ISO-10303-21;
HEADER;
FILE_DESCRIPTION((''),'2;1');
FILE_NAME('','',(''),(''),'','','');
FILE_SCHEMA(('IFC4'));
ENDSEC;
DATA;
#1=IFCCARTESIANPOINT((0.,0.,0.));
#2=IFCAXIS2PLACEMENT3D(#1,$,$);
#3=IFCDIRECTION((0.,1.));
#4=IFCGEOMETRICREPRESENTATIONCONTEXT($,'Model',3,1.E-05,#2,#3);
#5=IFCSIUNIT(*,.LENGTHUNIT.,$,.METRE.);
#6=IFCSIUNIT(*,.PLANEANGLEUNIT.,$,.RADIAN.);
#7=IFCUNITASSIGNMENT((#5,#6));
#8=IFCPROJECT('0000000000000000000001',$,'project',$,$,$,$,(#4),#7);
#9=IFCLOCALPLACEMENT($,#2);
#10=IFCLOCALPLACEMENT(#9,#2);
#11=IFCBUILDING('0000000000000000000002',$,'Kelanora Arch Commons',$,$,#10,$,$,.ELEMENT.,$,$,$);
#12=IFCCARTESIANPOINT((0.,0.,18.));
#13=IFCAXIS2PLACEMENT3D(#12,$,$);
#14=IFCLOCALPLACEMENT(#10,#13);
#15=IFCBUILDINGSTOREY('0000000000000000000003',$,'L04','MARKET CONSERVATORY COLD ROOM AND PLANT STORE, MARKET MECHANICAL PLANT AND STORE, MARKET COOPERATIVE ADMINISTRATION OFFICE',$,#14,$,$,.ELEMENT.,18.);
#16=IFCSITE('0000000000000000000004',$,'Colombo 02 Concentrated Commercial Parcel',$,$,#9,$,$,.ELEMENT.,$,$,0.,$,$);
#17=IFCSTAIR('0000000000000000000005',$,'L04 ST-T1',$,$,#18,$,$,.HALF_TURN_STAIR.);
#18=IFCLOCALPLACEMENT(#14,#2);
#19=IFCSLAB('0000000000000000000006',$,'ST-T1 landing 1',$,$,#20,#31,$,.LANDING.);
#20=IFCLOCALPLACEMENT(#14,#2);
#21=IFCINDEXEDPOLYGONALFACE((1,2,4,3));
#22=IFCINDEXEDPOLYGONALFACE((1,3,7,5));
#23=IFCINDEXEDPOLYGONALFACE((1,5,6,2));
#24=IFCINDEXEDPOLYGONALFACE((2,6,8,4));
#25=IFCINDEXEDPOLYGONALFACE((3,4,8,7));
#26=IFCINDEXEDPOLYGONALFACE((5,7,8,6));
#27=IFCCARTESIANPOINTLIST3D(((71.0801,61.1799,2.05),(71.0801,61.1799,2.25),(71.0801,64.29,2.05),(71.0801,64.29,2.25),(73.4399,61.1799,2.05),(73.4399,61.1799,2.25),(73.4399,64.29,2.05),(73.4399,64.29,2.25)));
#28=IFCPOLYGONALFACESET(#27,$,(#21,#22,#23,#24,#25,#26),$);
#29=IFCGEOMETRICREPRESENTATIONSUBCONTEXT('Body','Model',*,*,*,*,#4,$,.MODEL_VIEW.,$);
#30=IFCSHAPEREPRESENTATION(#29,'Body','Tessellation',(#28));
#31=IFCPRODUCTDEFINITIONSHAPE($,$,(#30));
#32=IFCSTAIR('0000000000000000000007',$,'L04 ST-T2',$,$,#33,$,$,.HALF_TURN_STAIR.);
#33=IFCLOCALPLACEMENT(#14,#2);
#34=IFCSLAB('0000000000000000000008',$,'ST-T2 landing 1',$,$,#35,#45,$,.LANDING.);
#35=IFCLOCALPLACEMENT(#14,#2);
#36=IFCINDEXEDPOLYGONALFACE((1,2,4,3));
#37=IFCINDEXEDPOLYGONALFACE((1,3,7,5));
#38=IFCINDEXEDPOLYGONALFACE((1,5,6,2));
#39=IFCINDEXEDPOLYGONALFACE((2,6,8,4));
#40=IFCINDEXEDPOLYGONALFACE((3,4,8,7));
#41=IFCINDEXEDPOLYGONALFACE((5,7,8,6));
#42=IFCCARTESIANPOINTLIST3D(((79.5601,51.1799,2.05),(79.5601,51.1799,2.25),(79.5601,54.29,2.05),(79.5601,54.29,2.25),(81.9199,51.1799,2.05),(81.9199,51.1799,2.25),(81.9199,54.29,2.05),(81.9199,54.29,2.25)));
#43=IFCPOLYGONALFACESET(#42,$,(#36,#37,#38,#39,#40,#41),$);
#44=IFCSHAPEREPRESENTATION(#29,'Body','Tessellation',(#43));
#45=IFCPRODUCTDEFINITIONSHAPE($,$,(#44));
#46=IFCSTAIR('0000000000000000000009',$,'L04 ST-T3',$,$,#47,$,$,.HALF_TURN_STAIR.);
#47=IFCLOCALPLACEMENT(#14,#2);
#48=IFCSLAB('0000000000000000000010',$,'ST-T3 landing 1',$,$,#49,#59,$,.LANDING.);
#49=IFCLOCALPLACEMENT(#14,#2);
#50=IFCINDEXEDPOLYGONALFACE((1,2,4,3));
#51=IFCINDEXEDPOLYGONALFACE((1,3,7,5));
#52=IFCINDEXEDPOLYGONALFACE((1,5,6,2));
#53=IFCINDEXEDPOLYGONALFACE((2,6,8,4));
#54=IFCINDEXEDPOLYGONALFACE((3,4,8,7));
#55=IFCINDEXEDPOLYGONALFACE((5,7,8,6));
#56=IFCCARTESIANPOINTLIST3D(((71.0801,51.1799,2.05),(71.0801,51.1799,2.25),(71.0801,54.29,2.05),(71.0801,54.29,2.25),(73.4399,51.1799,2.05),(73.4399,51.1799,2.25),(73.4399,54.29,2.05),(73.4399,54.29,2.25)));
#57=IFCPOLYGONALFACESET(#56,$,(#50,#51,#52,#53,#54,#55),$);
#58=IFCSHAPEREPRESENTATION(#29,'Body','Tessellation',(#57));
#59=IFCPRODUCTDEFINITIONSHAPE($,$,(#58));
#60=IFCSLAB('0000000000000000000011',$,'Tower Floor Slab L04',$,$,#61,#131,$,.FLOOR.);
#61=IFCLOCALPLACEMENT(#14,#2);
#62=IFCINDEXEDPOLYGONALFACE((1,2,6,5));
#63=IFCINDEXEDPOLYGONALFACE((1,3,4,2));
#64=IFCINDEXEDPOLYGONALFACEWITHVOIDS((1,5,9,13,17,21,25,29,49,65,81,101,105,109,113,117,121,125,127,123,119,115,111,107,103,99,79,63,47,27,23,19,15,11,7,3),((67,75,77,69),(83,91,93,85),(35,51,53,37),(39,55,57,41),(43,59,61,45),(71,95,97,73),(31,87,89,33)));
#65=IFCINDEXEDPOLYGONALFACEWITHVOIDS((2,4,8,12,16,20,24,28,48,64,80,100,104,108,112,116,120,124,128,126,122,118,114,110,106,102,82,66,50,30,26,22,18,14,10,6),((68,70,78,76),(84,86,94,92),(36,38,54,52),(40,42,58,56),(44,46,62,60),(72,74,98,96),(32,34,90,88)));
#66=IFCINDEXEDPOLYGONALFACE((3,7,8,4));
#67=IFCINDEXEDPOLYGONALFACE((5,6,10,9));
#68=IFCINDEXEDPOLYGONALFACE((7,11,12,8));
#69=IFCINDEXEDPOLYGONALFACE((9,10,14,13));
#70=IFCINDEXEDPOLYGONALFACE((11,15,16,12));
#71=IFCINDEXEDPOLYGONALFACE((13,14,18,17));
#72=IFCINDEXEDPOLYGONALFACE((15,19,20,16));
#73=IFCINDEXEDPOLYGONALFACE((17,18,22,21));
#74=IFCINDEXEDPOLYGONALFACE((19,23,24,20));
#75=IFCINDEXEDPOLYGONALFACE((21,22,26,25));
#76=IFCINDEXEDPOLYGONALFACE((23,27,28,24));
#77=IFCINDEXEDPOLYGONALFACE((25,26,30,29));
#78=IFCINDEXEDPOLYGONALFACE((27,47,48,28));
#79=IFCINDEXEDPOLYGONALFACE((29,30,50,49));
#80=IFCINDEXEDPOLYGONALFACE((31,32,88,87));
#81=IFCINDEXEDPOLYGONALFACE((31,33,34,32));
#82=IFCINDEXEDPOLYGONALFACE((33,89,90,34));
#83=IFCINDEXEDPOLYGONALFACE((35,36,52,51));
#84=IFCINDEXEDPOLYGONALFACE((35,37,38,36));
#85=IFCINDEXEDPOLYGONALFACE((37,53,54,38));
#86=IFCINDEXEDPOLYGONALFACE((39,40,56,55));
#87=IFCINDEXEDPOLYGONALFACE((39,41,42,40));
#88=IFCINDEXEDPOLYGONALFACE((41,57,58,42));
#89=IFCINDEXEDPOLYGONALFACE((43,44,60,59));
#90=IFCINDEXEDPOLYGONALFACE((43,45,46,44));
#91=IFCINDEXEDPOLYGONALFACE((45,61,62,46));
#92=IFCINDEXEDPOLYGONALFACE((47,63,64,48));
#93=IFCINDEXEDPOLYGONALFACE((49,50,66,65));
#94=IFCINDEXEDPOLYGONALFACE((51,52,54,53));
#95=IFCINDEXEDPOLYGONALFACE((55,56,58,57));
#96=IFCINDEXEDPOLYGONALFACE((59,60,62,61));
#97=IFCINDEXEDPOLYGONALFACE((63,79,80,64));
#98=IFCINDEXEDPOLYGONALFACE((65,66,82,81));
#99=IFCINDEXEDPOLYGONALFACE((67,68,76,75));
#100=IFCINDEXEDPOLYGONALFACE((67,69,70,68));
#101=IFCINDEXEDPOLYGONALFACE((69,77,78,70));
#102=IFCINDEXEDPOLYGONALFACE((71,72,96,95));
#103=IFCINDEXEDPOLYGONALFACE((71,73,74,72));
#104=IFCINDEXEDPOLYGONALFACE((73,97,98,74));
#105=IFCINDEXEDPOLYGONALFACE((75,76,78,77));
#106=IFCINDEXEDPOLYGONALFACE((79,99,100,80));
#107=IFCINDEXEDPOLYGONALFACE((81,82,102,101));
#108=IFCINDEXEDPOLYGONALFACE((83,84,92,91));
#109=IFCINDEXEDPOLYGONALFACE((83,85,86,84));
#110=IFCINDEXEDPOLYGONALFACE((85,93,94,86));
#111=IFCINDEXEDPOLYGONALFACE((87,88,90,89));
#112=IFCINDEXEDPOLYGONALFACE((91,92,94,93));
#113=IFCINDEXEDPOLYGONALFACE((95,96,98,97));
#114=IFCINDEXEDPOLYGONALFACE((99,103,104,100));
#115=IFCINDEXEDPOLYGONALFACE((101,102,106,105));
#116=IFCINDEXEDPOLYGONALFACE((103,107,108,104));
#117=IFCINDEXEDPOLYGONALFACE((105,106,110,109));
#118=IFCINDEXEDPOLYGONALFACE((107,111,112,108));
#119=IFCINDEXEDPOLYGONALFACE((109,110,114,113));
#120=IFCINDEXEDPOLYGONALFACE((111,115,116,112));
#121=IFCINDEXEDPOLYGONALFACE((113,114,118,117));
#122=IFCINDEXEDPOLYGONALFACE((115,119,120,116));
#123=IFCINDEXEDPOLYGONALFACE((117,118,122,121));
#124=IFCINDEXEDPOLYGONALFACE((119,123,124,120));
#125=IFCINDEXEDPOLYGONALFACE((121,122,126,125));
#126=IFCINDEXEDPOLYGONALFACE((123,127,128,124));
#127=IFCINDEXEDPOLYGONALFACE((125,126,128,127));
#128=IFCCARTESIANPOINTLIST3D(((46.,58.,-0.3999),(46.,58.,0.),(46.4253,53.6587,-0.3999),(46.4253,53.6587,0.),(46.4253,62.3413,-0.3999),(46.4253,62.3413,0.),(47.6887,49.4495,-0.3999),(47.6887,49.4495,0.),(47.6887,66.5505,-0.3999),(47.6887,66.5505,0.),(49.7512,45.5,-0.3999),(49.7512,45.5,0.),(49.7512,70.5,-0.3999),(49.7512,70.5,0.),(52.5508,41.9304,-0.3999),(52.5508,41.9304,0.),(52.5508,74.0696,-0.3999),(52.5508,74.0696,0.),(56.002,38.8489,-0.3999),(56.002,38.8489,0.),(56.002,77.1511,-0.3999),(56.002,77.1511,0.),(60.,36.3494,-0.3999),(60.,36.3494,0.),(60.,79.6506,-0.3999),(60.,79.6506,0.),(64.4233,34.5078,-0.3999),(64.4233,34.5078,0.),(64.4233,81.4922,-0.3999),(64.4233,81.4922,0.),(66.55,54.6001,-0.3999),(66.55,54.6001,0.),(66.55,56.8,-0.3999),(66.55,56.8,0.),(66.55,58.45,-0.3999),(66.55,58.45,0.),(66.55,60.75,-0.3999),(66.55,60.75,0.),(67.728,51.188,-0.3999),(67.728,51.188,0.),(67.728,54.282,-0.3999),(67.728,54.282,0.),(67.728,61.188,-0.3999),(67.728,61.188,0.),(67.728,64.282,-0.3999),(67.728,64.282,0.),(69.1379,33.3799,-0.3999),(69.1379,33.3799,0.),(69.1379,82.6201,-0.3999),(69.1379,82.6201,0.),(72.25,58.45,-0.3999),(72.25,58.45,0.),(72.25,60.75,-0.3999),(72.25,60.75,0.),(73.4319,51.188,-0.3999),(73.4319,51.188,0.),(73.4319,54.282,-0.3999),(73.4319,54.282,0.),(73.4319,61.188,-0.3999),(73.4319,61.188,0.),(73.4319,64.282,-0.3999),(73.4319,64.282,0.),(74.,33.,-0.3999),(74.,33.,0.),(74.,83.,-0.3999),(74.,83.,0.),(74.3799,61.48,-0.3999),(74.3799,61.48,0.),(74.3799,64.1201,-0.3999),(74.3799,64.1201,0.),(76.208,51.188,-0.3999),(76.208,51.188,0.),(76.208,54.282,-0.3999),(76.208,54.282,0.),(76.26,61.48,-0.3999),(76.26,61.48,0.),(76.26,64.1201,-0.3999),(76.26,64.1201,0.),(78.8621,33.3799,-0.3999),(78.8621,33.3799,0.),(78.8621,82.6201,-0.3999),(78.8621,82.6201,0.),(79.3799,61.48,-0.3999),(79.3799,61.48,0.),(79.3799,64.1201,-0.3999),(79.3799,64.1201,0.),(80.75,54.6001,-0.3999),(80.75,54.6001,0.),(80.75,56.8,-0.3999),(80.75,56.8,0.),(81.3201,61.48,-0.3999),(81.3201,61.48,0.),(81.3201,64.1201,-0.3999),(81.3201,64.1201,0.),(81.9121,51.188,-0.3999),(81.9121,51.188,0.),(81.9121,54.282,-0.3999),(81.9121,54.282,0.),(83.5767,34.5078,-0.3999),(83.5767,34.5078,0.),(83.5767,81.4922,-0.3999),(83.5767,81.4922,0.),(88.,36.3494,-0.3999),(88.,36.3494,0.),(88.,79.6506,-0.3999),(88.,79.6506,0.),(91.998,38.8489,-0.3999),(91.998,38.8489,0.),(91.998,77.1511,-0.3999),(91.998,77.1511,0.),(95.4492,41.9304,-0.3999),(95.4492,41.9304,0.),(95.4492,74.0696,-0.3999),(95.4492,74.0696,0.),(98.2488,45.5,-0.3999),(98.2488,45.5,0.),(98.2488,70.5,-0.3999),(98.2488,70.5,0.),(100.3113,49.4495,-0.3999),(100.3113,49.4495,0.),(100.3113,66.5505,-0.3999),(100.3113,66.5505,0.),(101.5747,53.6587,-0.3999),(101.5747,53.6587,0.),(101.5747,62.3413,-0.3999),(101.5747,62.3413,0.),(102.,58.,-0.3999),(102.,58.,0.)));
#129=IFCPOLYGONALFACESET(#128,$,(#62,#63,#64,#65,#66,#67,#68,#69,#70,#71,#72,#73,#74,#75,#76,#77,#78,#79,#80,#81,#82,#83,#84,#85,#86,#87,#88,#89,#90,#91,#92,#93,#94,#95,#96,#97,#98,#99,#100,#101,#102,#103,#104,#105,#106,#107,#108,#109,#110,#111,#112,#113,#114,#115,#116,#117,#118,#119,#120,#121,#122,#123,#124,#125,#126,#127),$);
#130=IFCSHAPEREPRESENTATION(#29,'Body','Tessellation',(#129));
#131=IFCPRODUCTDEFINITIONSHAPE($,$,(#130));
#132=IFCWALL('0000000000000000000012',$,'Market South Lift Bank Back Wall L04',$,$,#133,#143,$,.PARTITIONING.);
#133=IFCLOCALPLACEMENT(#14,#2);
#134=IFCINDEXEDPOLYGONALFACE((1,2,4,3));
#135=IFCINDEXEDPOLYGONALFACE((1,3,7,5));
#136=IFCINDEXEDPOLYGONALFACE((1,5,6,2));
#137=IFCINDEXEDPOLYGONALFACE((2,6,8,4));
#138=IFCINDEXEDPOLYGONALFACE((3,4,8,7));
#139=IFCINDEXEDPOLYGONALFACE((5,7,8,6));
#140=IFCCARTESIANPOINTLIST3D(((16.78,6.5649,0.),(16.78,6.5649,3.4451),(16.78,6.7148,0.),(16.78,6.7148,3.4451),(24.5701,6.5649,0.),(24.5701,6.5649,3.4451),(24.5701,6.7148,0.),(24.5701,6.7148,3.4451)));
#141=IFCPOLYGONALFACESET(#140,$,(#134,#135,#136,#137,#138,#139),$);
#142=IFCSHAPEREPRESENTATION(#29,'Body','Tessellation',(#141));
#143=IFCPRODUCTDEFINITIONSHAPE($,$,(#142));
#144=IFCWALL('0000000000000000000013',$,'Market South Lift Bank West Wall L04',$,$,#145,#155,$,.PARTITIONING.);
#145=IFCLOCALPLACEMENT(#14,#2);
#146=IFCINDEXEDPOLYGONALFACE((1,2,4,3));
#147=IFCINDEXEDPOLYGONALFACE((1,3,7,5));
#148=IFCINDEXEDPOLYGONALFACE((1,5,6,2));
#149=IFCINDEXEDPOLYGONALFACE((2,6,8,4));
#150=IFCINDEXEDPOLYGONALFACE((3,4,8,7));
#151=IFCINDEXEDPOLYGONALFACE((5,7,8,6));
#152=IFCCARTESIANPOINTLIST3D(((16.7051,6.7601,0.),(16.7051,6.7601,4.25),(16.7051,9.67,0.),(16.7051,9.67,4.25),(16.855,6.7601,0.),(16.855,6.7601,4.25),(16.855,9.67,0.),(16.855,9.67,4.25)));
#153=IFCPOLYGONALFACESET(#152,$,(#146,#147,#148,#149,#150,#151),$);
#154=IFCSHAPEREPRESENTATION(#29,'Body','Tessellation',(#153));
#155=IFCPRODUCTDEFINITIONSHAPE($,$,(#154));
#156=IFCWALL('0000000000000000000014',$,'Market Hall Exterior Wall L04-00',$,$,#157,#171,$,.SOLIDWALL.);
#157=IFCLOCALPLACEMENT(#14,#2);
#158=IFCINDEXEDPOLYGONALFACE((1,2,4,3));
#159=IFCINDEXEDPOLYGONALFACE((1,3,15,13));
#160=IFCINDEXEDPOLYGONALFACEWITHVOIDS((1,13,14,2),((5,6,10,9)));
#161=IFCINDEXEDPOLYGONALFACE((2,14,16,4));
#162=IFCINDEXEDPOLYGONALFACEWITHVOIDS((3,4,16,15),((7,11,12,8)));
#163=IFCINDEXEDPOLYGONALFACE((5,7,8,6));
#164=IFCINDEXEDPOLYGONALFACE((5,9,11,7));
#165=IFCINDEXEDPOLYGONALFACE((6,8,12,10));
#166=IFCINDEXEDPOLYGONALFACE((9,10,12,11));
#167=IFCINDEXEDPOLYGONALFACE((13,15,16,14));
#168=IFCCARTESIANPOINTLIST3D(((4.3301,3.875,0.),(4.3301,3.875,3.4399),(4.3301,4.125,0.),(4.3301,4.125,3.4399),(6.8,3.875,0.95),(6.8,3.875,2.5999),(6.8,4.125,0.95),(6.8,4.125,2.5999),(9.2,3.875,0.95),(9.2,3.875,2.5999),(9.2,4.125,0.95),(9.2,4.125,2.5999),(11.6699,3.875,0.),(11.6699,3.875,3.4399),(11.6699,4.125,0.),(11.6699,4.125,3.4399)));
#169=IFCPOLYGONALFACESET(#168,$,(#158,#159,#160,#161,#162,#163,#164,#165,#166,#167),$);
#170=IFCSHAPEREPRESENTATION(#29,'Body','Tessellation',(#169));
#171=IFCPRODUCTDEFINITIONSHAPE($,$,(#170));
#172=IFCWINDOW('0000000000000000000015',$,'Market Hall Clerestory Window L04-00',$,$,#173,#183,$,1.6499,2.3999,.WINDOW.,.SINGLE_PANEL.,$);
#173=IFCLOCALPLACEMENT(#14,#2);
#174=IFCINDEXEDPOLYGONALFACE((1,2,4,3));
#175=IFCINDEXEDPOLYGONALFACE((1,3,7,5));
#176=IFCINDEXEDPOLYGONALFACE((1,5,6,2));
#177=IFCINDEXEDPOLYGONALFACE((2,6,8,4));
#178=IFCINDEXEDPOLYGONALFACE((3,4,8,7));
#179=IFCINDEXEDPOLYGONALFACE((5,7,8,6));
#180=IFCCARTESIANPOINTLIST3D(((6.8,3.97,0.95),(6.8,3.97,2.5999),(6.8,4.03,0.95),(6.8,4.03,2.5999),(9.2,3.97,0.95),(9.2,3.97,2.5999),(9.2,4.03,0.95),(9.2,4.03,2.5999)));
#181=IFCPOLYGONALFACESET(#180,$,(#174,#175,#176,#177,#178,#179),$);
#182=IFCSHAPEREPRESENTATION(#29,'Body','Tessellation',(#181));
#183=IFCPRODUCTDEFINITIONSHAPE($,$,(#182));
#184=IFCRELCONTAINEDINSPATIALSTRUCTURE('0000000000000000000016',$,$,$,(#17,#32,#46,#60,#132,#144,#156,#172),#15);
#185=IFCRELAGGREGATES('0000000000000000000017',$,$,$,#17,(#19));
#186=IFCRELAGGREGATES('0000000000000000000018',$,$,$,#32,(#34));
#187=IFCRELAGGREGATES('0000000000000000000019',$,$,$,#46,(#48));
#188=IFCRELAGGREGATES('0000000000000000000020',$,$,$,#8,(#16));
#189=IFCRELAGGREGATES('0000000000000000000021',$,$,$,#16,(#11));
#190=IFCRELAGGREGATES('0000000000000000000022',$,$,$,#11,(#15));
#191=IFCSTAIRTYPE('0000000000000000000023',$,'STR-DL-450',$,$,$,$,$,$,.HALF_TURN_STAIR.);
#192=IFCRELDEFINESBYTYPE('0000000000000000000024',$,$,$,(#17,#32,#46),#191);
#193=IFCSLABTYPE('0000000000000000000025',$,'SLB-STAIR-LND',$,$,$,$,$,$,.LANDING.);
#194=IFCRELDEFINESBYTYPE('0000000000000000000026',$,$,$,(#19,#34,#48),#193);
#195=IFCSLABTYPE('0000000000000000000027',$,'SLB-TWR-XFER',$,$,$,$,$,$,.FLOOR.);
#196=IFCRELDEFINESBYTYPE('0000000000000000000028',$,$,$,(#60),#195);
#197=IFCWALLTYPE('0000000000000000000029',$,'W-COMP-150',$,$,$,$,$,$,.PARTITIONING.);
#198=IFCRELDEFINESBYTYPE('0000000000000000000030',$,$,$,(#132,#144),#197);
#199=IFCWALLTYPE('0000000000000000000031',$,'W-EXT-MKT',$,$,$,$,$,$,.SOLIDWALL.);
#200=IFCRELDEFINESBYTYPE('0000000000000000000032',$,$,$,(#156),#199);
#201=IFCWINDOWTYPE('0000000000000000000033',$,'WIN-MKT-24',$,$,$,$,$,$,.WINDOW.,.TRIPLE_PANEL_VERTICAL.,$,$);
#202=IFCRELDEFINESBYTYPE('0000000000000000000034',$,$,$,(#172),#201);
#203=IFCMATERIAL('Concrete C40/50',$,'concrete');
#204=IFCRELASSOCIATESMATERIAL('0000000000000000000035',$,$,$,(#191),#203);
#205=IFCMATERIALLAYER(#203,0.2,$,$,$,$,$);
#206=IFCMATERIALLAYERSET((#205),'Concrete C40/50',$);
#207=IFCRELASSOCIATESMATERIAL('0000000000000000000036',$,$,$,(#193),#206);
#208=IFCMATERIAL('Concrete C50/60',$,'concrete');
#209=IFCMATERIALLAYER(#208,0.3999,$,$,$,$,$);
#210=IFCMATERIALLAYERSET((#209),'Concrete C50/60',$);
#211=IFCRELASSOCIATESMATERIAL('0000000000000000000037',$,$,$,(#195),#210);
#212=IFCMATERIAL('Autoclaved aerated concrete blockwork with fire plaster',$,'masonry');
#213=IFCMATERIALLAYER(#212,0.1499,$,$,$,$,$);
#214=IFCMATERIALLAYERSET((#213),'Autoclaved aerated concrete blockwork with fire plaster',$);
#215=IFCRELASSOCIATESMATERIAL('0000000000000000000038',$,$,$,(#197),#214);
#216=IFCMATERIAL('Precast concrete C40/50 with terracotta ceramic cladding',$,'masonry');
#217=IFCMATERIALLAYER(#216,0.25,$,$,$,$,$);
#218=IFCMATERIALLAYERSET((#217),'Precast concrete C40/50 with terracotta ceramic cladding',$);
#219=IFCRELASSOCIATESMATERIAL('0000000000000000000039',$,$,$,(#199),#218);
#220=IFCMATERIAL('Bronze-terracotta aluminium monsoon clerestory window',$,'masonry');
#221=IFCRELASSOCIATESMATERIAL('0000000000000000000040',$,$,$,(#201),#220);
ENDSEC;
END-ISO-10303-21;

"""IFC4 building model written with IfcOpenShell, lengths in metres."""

from ifc_helpers import new_model, si_unit, direction, frame, frame_2d, origin, place, context, subcontext, project, spatial, polyline, rectangle, outline, extrude, material, layer, layer_set, type_object, element, fill, aggregate, save


model = new_model("IFC4")

# Units and contexts
model_context = context("Model", 3, precision=1e-05, world=origin(), true_north=direction((0.0, 1.0)))
body_context = subcontext(model_context, "Body", "Model", "MODEL_VIEW")
ifc_project = project(units=[si_unit("LENGTHUNIT", "METRE"), si_unit("PLANEANGLEUNIT", "RADIAN")], contexts=[model_context])

# Site, building, storey
site_placement = place(None, origin())
site = spatial("IfcSite", under=ifc_project, at=site_placement, Name="Colombo 02 Concentrated Commercial Parcel", CompositionType="ELEMENT", RefElevation=0.0)
building_placement = place(site_placement, origin())
building = spatial("IfcBuilding", under=site, at=building_placement, Name="Kelanora Arch Commons", CompositionType="ELEMENT")
storey_placement = place(building_placement, frame((0.0, 0.0, 18.0)))
storey = spatial("IfcBuildingStorey", under=building, at=storey_placement, Name="L04", Description="MARKET CONSERVATORY COLD ROOM AND PLANT STORE, MARKET MECHANICAL PLANT AND STORE, MARKET COOPERATIVE ADMINISTRATION OFFICE", CompositionType="ELEMENT", Elevation=18.0)

# Shared definitions
ifc_material_1 = material(Name="Concrete C50/60", Category="concrete")

# Shared definitions
ifc_material_2 = material(Name="Concrete C40/50", Category="concrete")

# Stairs, slabs
stair_type = type_object("IfcStairType", Name="STR-DL-450", PredefinedType="HALF_TURN_STAIR", material=ifc_material_2)
stair_1_placement = place(storey_placement, origin())
stair_1 = element("IfcStair", 1, at=stair_1_placement, inside=storey, type_object=stair_type, Name="L04 ST-T1", PredefinedType="HALF_TURN_STAIR")
ifc_layer_1 = layer(ifc_material_2, 0.2)
ifc_layer_set_1 = layer_set([ifc_layer_1], Name="Concrete C40/50")
slab_type_1 = type_object("IfcSlabType", Name="SLB-STAIR-LND", PredefinedType="LANDING", material=ifc_layer_set_1)
slab_1_placement = place(storey_placement, frame((0.0, 0.0, 2.05)))
slab_1 = element("IfcSlab", 2, at=slab_1_placement, type_object=slab_type_1, Name="ST-T1 landing 1", PredefinedType="LANDING", context=body_context, shape_type="SweptSolid", body=[
    extrude(outline(polyline([(71.0801, 61.1799), (73.4399, 61.1799), (73.4399, 64.29), (71.0801, 64.29), (71.0801, 61.1799)])), origin(), (0.0, 0.0, 1.0), 0.2),
])
aggregate(stair_1, [slab_1])
stair_2_placement = place(storey_placement, origin())
stair_2 = element("IfcStair", 3, at=stair_2_placement, inside=storey, type_object=stair_type, Name="L04 ST-T2", PredefinedType="HALF_TURN_STAIR")
slab_2_placement = place(storey_placement, frame((0.0, 0.0, 2.05)))
slab_2 = element("IfcSlab", 4, at=slab_2_placement, type_object=slab_type_1, Name="ST-T2 landing 1", PredefinedType="LANDING", context=body_context, shape_type="SweptSolid", body=[
    extrude(outline(polyline([(79.5601, 51.1799), (81.9199, 51.1799), (81.9199, 54.29), (79.5601, 54.29), (79.5601, 51.1799)])), origin(), (0.0, 0.0, 1.0), 0.2),
])
aggregate(stair_2, [slab_2])
stair_3_placement = place(storey_placement, origin())
stair_3 = element("IfcStair", 5, at=stair_3_placement, inside=storey, type_object=stair_type, Name="L04 ST-T3", PredefinedType="HALF_TURN_STAIR")
slab_3_placement = place(storey_placement, frame((0.0, 0.0, 2.05)))
slab_3 = element("IfcSlab", 6, at=slab_3_placement, type_object=slab_type_1, Name="ST-T3 landing 1", PredefinedType="LANDING", context=body_context, shape_type="SweptSolid", body=[
    extrude(outline(polyline([(71.0801, 51.1799), (73.4399, 51.1799), (73.4399, 54.29), (71.0801, 54.29), (71.0801, 51.1799)])), origin(), (0.0, 0.0, 1.0), 0.2),
])
aggregate(stair_3, [slab_3])

# Slab
ifc_layer_2 = layer(ifc_material_1, 0.3999)
ifc_layer_set_2 = layer_set([ifc_layer_2], Name="Concrete C50/60")
slab_type_2 = type_object("IfcSlabType", Name="SLB-TWR-XFER", PredefinedType="FLOOR", material=ifc_layer_set_2)
slab_4_placement = place(storey_placement, frame((0.0, 0.0, -0.3999)))
element("IfcSlab", 7, at=slab_4_placement, inside=storey, type_object=slab_type_2, Name="Tower Floor Slab L04", PredefinedType="FLOOR", context=body_context, shape_type="SweptSolid", body=[
    extrude(outline(polyline([(102.0, 58.0), (101.5747, 62.3413), (100.3113, 66.5505), (98.2488, 70.5), (95.4492, 74.0696), (91.998, 77.1511), (88.0, 79.6506), (83.5767, 81.4922), (78.8621, 82.6201), (74.0, 83.0), (69.1379, 82.6201), (64.4233, 81.4922), (60.0, 79.6506), (56.002, 77.1511), (52.5508, 74.0696), (49.7512, 70.5), (47.6887, 66.5505), (46.4253, 62.3413), (46.0, 58.0), (46.4253, 53.6587), (47.6887, 49.4495), (49.7512, 45.5), (52.5508, 41.9304), (56.002, 38.8489), (60.0, 36.3494), (64.4233, 34.5078), (69.1379, 33.3799), (74.0, 33.0), (78.8621, 33.3799), (83.5767, 34.5078), (88.0, 36.3494), (91.998, 38.8489), (95.4492, 41.9304), (98.2488, 45.5), (100.3113, 49.4495), (101.5747, 53.6587), (102.0, 58.0)]), holes=[polyline([(73.4319, 51.188), (67.728, 51.188), (67.728, 54.282), (73.4319, 54.282), (73.4319, 51.188)]), polyline([(76.208, 51.188), (76.208, 54.282), (81.9121, 54.282), (81.9121, 51.188), (76.208, 51.188)]), polyline([(66.55, 54.6001), (66.55, 56.8), (80.75, 56.8), (80.75, 54.6001), (66.55, 54.6001)]), polyline([(66.55, 58.45), (66.55, 60.75), (72.25, 60.75), (72.25, 58.45), (66.55, 58.45)]), polyline([(67.728, 61.188), (67.728, 64.282), (73.4319, 64.282), (73.4319, 61.188), (67.728, 61.188)]), polyline([(74.3799, 61.48), (74.3799, 64.1201), (76.26, 64.1201), (76.26, 61.48), (74.3799, 61.48)]), polyline([(79.3799, 61.48), (79.3799, 64.1201), (81.3201, 64.1201), (81.3201, 61.48), (79.3799, 61.48)])]), origin(), (0.0, 0.0, 1.0), 0.3999),
])

# Walls
ifc_material_3 = material(Name="Autoclaved aerated concrete blockwork with fire plaster", Category="masonry")
ifc_layer_3 = layer(ifc_material_3, 0.1499)
ifc_layer_set_3 = layer_set([ifc_layer_3], Name="Autoclaved aerated concrete blockwork with fire plaster")
wall_type_1 = type_object("IfcWallType", Name="W-COMP-150", PredefinedType="PARTITIONING", material=ifc_layer_set_3)
wall_1_placement = place(storey_placement, frame((16.78, 6.6399, 0.0), z_axis=(0.0, 0.0, 1.0), x_axis=(1.0, 0.0, 0.0)))
element("IfcWall", 8, at=wall_1_placement, inside=storey, type_object=wall_type_1, Name="Market South Lift Bank Back Wall L04", PredefinedType="PARTITIONING", context=body_context, shape_type="SweptSolid", body=[
    extrude(rectangle(XDim=7.79, YDim=0.1499, at=frame_2d((3.895, 0.0))), origin(), (0.0, 0.0, 1.0), 3.4451),
])
wall_2_placement = place(storey_placement, frame((16.78, 6.76, 0.0), z_axis=(0.0, 0.0, 1.0), x_axis=(0.0, 1.0, 0.0)))
element("IfcWall", 9, at=wall_2_placement, inside=storey, type_object=wall_type_1, Name="Market South Lift Bank West Wall L04", PredefinedType="PARTITIONING", context=body_context, shape_type="SweptSolid", body=[
    extrude(rectangle(XDim=2.9099, YDim=0.1499, at=frame_2d((1.4551, 0.0))), origin(), (0.0, 0.0, 1.0), 4.25),
])

# Wall, opening, window
ifc_material_4 = material(Name="Precast concrete C40/50 with terracotta ceramic cladding", Category="masonry")
ifc_layer_4 = layer(ifc_material_4, 0.25)
ifc_layer_set_4 = layer_set([ifc_layer_4], Name="Precast concrete C40/50 with terracotta ceramic cladding")
wall_type_2 = type_object("IfcWallType", Name="W-EXT-MKT", PredefinedType="SOLIDWALL", material=ifc_layer_set_4)
wall_3_placement = place(storey_placement, frame((4.3301, 4.0, 0.0), z_axis=(0.0, 0.0, 1.0), x_axis=(1.0, 0.0, 0.0)))
wall_3 = element("IfcWall", 10, at=wall_3_placement, inside=storey, type_object=wall_type_2, Name="Market Hall Exterior Wall L04-00", PredefinedType="SOLIDWALL", context=body_context, shape_type="SweptSolid", body=[
    extrude(rectangle(XDim=7.3398, YDim=0.25, at=frame_2d((3.6699, 0.0))), origin(), (0.0, 0.0, 1.0), 3.4399),
])
opening_1_placement = place(wall_3_placement, frame((2.47, 0.0, 0.95)))
opening_1 = element("IfcOpeningElement", 11, at=opening_1_placement, cuts=wall_3, PredefinedType="OPENING", context=body_context, shape_type="SweptSolid", body=[
    extrude(rectangle(XDim=2.3999, YDim=1.6499, at=frame_2d((1.2, 0.825))), frame((0.0, 0.135, 0.0), z_axis=(0.0, -1.0, 0.0), x_axis=(1.0, 0.0, 0.0)), (0.0, 0.0, 1.0), 0.27),
])
ifc_material_5 = material(Name="Bronze-terracotta aluminium monsoon clerestory window", Category="masonry")
window_type = type_object("IfcWindowType", Name="WIN-MKT-24", PartitioningType="TRIPLE_PANEL_VERTICAL", PredefinedType="WINDOW", material=ifc_material_5)
window_1_placement = place(opening_1_placement, origin())
window_1 = element("IfcWindow", 12, at=window_1_placement, inside=storey, type_object=window_type, Name="Market Hall Clerestory Window L04-00", OverallHeight=1.6499, OverallWidth=2.3999, PartitioningType="SINGLE_PANEL", PredefinedType="WINDOW", context=body_context, shape_type="SweptSolid", body=[
    extrude(rectangle(XDim=2.3999, YDim=1.6499, at=frame_2d((1.2, 0.825))), frame((0.0, 0.03, 0.0), z_axis=(0.0, -1.0, 0.0), x_axis=(1.0, 0.0, 0.0)), (0.0, 0.0, 1.0), 0.0601),
])
fill(opening_1, window_1)

save(model, "model.ifc")
